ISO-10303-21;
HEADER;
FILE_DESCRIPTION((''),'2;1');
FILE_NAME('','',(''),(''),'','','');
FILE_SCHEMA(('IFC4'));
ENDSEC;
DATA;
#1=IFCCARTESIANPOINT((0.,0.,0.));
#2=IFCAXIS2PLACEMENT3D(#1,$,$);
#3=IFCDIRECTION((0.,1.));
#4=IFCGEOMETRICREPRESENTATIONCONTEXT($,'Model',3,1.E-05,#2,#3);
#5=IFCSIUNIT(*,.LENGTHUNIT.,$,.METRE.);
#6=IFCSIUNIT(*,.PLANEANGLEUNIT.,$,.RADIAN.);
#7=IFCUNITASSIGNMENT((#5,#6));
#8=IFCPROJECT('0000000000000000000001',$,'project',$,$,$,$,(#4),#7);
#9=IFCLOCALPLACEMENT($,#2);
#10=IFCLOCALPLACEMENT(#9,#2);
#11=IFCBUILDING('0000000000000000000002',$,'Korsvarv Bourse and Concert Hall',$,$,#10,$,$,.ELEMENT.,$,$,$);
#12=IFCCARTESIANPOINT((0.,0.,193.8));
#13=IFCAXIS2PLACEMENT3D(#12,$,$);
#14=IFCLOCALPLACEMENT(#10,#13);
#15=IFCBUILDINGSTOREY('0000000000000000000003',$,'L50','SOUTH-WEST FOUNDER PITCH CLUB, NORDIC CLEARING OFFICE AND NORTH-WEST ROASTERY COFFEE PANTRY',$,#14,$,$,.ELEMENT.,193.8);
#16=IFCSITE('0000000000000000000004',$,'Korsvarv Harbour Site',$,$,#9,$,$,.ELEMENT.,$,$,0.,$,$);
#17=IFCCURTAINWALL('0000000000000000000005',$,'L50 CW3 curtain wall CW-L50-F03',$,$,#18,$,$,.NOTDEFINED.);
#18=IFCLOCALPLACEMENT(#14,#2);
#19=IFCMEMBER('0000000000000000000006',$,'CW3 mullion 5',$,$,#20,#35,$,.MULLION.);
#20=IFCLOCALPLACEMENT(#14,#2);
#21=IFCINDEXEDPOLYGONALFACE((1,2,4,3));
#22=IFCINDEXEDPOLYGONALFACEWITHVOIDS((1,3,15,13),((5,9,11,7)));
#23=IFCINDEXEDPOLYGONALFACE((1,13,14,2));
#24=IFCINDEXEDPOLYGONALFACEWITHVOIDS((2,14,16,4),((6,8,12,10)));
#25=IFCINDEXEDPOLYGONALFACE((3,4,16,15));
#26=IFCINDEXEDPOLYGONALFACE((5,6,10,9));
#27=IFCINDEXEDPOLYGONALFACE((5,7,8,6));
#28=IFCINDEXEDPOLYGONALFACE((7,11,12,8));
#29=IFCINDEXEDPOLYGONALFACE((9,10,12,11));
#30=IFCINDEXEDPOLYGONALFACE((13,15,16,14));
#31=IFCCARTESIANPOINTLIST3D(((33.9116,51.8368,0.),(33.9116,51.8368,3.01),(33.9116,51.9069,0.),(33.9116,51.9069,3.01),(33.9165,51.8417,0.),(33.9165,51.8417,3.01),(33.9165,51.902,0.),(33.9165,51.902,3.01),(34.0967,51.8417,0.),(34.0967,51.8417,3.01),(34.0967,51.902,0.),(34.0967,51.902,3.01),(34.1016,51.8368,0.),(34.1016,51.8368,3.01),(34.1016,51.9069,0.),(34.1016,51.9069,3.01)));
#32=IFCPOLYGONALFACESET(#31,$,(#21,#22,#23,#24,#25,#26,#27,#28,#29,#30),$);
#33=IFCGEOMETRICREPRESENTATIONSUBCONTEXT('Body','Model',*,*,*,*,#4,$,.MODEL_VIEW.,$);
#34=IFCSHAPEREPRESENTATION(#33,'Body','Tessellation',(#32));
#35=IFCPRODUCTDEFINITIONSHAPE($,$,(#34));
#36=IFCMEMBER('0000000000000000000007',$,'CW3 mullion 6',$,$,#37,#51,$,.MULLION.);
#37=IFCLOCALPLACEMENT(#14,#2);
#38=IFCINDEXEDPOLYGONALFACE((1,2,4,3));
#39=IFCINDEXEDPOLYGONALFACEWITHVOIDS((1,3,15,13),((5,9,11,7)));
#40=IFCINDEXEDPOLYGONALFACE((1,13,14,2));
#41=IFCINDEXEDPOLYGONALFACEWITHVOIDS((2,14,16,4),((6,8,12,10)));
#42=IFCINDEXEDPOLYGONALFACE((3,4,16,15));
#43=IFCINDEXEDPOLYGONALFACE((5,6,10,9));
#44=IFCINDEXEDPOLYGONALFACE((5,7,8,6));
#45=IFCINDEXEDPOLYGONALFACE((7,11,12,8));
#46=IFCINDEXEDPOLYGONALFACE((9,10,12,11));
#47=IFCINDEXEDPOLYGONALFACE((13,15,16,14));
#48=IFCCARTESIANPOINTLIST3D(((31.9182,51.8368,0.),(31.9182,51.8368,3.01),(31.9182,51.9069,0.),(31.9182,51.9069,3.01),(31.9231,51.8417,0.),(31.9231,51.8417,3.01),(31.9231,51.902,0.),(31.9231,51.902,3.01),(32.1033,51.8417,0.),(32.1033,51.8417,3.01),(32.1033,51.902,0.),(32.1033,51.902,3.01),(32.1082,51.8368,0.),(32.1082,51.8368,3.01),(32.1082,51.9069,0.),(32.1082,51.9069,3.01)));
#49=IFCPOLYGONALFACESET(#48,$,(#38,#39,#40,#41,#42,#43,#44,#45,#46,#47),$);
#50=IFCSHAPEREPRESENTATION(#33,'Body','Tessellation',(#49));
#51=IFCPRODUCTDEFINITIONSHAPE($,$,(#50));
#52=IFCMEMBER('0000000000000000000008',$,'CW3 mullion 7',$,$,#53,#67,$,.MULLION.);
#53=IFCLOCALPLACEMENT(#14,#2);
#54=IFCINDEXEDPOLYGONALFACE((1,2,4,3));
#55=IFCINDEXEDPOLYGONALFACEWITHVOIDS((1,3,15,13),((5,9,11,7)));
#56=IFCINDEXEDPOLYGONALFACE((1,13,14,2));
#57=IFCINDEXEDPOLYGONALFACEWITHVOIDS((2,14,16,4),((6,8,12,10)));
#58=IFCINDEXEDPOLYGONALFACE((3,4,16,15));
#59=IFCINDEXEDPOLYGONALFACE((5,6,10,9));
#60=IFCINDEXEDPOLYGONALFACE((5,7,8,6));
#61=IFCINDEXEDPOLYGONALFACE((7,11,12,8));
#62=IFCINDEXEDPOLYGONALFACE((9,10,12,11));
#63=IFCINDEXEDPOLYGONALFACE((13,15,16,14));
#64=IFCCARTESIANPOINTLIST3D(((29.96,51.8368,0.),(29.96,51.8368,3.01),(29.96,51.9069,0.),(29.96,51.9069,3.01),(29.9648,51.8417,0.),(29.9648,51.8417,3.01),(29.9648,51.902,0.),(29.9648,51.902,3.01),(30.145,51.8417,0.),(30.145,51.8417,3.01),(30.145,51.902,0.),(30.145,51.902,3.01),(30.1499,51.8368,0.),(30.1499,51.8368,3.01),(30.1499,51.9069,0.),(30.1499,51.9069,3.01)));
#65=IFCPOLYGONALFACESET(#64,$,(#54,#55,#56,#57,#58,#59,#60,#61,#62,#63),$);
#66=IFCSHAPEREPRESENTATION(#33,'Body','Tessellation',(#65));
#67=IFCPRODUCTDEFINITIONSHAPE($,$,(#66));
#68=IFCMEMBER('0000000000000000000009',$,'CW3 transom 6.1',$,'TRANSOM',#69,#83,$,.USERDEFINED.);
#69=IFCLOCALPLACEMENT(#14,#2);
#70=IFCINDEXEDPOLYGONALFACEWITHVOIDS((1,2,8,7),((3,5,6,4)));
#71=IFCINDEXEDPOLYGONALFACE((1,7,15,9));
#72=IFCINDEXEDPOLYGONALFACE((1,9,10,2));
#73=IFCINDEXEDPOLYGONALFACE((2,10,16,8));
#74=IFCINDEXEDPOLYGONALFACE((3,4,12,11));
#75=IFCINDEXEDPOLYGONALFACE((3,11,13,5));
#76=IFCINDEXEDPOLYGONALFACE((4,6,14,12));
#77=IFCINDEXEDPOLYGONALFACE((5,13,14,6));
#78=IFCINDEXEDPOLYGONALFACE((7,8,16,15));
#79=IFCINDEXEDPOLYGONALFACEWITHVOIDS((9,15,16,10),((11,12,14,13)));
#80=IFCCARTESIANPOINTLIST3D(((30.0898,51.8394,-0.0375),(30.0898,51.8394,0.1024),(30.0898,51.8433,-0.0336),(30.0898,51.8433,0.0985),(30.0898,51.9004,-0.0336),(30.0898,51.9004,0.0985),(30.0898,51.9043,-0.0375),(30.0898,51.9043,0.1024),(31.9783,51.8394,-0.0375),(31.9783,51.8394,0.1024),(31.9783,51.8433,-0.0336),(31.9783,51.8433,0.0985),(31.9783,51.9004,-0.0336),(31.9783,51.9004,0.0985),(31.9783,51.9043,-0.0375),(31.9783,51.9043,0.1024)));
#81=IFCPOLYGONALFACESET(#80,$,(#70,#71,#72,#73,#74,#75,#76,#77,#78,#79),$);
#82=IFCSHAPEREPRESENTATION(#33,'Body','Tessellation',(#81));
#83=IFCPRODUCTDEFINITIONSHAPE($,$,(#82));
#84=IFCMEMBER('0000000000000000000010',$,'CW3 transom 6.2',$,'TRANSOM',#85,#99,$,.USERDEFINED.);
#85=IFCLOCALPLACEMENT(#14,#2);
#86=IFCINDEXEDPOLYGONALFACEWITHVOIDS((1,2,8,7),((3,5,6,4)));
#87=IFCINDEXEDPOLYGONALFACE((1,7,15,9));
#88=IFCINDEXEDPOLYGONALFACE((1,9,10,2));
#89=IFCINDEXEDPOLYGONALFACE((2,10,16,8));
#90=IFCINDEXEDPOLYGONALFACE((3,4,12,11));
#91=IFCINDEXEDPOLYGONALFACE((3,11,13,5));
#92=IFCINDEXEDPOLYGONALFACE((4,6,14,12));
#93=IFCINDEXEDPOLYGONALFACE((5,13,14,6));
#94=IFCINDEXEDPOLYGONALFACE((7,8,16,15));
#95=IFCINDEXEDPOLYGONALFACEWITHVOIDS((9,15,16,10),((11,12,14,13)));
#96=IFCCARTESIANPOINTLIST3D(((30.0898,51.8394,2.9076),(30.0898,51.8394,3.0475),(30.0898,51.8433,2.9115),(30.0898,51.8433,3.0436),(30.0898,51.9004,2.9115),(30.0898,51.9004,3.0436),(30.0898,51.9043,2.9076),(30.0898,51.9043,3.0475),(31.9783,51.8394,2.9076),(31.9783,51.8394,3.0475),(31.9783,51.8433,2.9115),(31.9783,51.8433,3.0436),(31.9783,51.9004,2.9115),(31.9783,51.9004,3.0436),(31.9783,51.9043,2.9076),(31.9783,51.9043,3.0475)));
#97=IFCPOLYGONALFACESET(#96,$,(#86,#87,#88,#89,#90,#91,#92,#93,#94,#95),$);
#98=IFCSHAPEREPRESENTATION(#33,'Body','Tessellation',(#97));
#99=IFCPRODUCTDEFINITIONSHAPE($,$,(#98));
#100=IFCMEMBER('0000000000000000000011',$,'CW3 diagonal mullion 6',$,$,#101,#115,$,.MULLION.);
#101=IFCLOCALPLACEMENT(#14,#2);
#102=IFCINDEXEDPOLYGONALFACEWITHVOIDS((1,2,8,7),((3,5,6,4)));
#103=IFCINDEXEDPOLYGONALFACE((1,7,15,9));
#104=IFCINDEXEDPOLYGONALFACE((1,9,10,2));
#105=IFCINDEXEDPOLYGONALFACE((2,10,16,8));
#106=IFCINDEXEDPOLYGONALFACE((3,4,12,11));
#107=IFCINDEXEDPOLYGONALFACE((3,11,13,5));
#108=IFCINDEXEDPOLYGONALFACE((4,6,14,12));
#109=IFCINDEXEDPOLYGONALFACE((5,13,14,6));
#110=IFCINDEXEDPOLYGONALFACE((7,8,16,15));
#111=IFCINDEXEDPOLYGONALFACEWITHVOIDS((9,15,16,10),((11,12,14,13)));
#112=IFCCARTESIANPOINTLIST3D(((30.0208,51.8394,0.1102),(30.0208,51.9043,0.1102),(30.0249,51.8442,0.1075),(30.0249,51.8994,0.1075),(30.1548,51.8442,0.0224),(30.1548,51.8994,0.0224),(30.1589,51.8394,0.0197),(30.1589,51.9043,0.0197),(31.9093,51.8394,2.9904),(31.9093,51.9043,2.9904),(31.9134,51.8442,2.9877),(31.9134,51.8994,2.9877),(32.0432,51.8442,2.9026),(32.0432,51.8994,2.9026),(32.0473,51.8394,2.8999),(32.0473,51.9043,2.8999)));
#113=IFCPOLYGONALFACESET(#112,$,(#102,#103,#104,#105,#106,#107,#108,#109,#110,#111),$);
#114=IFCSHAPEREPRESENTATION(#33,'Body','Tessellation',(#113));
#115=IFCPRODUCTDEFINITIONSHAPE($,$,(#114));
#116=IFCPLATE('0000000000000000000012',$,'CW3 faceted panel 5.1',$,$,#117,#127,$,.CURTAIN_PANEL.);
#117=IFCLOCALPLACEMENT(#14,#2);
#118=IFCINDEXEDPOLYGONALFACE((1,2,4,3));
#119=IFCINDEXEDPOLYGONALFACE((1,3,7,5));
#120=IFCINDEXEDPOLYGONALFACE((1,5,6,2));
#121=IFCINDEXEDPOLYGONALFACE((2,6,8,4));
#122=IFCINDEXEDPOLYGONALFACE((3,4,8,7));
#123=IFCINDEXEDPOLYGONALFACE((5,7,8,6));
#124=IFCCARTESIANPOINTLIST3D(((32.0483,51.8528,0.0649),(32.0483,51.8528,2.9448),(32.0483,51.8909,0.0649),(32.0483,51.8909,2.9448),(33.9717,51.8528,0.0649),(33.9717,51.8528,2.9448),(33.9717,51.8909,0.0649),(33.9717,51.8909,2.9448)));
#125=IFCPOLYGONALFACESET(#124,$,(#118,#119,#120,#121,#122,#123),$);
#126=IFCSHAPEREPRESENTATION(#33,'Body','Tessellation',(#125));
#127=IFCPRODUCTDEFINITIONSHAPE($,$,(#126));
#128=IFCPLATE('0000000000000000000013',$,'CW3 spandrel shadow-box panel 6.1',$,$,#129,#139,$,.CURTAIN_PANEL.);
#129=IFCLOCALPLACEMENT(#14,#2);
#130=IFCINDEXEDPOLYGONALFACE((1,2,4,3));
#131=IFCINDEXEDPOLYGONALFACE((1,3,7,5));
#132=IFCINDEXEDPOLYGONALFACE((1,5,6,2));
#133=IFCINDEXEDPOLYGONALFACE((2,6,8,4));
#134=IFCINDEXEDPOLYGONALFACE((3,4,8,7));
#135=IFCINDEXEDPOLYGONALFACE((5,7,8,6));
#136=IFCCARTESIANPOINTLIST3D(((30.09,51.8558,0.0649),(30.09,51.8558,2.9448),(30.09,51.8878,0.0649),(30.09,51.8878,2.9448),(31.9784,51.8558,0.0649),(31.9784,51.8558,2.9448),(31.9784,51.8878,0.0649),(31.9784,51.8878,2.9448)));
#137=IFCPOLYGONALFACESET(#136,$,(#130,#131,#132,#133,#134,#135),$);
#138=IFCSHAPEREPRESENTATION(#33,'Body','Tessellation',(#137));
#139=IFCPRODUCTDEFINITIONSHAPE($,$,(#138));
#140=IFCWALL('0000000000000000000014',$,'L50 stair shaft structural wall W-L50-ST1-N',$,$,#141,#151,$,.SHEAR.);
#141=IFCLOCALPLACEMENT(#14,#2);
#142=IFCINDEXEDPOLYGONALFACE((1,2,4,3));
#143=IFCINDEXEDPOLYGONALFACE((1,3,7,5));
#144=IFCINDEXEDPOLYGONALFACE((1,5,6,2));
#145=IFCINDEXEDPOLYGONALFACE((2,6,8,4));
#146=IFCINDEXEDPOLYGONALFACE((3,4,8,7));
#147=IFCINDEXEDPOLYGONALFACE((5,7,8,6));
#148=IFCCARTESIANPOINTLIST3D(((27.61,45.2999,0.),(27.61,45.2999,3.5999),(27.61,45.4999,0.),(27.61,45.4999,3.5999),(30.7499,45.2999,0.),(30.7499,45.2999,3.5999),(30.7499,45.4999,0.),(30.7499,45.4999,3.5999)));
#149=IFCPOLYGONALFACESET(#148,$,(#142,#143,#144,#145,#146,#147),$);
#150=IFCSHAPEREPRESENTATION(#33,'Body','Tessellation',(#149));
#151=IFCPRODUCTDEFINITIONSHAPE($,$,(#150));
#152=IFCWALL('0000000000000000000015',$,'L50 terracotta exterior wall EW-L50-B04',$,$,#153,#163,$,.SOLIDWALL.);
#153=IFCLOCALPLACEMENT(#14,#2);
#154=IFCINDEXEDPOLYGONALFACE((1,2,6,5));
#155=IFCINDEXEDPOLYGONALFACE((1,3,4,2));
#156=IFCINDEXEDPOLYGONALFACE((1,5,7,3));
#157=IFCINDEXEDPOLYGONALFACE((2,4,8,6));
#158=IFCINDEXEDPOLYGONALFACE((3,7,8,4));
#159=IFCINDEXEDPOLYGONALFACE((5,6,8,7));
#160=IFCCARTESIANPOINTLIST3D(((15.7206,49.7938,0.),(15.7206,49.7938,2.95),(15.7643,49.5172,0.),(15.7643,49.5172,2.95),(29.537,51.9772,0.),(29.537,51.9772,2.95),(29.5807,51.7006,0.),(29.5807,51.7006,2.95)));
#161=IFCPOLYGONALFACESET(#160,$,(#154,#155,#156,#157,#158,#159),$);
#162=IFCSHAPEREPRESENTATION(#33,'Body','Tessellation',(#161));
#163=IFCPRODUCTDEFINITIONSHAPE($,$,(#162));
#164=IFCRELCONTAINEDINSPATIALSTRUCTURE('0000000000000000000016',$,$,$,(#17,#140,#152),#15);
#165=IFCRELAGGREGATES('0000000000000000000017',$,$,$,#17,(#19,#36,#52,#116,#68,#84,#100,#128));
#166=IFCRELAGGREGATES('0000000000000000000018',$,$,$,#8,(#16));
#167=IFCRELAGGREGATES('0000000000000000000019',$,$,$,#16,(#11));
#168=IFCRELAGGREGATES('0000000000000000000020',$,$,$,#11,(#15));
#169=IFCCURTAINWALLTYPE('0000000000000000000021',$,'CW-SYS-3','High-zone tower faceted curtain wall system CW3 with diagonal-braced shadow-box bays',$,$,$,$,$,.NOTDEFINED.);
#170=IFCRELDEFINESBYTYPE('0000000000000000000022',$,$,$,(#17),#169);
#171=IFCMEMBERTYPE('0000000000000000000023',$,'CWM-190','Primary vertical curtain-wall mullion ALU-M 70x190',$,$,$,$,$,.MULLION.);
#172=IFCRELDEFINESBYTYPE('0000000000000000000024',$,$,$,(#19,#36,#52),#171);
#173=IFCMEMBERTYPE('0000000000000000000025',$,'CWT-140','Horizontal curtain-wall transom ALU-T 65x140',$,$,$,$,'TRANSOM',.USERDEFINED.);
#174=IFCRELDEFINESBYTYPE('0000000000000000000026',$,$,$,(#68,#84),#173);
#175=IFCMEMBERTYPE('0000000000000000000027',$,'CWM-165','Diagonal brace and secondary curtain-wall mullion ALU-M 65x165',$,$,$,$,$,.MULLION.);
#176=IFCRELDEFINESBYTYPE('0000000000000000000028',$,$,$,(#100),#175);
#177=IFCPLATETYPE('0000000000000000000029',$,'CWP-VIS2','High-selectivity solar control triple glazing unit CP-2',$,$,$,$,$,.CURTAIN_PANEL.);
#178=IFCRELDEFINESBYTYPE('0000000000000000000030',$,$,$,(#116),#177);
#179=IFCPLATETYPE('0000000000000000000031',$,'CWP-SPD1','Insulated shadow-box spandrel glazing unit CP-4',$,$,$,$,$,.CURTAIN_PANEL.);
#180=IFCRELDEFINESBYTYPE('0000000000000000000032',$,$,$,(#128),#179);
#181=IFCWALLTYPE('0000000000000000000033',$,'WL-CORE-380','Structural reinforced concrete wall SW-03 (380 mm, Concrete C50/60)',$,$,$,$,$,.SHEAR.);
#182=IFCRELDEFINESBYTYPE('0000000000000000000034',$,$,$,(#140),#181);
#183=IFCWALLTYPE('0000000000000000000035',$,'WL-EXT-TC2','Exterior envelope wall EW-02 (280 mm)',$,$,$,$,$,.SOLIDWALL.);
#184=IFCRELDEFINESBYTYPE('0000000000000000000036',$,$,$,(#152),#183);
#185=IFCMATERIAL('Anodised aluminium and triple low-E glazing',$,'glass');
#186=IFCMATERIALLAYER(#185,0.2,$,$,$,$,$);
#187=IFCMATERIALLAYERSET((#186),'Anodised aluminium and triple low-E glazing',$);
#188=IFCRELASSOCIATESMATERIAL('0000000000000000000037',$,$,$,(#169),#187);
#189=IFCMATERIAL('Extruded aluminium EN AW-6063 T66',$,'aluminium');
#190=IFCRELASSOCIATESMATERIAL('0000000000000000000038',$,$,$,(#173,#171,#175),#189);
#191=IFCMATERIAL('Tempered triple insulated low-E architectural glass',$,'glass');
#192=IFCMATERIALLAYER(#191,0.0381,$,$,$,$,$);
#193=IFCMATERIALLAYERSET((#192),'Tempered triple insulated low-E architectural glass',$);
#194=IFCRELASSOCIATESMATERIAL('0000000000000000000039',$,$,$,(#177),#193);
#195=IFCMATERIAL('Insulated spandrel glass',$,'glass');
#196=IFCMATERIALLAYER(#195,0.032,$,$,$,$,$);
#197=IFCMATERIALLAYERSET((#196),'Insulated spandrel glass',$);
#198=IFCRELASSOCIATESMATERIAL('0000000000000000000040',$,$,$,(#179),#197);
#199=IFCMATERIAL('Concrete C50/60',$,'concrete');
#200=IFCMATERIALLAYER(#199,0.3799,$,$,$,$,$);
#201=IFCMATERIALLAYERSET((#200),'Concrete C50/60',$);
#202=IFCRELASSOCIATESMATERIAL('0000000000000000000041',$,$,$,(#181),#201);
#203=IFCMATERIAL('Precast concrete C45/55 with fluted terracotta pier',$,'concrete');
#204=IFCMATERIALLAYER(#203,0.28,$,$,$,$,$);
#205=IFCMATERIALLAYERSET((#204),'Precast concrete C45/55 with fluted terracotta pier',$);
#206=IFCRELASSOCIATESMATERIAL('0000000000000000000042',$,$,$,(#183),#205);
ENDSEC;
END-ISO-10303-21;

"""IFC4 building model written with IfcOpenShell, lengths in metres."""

from ifc_helpers import new_model, si_unit, direction, frame, frame_2d, origin, origin_2d, place, context, subcontext, project, spatial, rectangle, hollow_rectangle, extrude, source, transform, mapped, material, layer, layer_set, material_profile, profile_set, type_object, element, aggregate, save


model = new_model("IFC4")

# Units and contexts
model_context = context("Model", 3, precision=1e-05, world=origin(), true_north=direction((0.0, 1.0)))
body_context = subcontext(model_context, "Body", "Model", "MODEL_VIEW")
ifc_project = project(units=[si_unit("LENGTHUNIT", "METRE"), si_unit("PLANEANGLEUNIT", "RADIAN")], contexts=[model_context])

# Site, building, storey
site_placement = place(None, origin())
site = spatial("IfcSite", under=ifc_project, at=site_placement, Name="Korsvarv Harbour Site", CompositionType="ELEMENT", RefElevation=0.0)
building_placement = place(site_placement, origin())
building = spatial("IfcBuilding", under=site, at=building_placement, Name="Korsvarv Bourse and Concert Hall", CompositionType="ELEMENT")
storey_placement = place(building_placement, frame((0.0, 0.0, 193.8)))
storey = spatial("IfcBuildingStorey", under=building, at=storey_placement, Name="L50", Description="SOUTH-WEST FOUNDER PITCH CLUB, NORDIC CLEARING OFFICE AND NORTH-WEST ROASTERY COFFEE PANTRY", CompositionType="ELEMENT", Elevation=193.8)

# Curtain wall, members, plates
ifc_material_1 = material(Name="Anodised aluminium and triple low-E glazing", Category="glass")
ifc_layer_1 = layer(ifc_material_1, 0.2)
ifc_layer_set_1 = layer_set([ifc_layer_1], Name="Anodised aluminium and triple low-E glazing")
curtain_wall_type = type_object("IfcCurtainWallType", Name="CW-SYS-3", Description="High-zone tower faceted curtain wall system CW3 with diagonal-braced shadow-box bays", PredefinedType="NOTDEFINED", material=ifc_layer_set_1)
curtain_wall_placement = place(storey_placement, origin())
curtain_wall = element("IfcCurtainWall", 1, at=curtain_wall_placement, inside=storey, type_object=curtain_wall_type, Name="L50 CW3 curtain wall CW-L50-F03", PredefinedType="NOTDEFINED")
ifc_material_2 = material(Name="Extruded aluminium EN AW-6063 T66", Category="aluminium")
ifc_material_profile_1 = material_profile(ifc_material_2, hollow_rectangle(XDim=0.0649, YDim=0.1399, WallThickness=0.0039, at=origin_2d()), Name="ALU-T 65x140")
ifc_profile_set_1 = profile_set([ifc_material_profile_1], Name="Extruded aluminium EN AW-6063 T66")
member_type_1 = type_object("IfcMemberType", Name="CWT-140", Description="Horizontal curtain-wall transom ALU-T 65x140", ElementType="TRANSOM", PredefinedType="USERDEFINED", material=ifc_profile_set_1)
ifc_material_profile_2 = material_profile(ifc_material_2, hollow_rectangle(XDim=0.0701, YDim=0.1899, WallThickness=0.0049, at=origin_2d()), Name="ALU-M 70x190")
ifc_profile_set_2 = profile_set([ifc_material_profile_2], Name="Extruded aluminium EN AW-6063 T66")
member_type_2 = type_object("IfcMemberType", Name="CWM-190", Description="Primary vertical curtain-wall mullion ALU-M 70x190", PredefinedType="MULLION", material=ifc_profile_set_2)
shared_shape_1 = source(origin(), body_context, "Body", "SweptSolid", [
    extrude(hollow_rectangle(XDim=0.0701, YDim=0.1899, WallThickness=0.0049, at=origin_2d()), origin(), (0.0, 0.0, 1.0), 3.01),
])
member_1_placement = place(storey_placement, frame((34.0066, 51.8718, 0.0), z_axis=(0.0, 0.0, 1.0), x_axis=(0.0, -1.0, 0.0)))
member_1 = element("IfcMember", 2, at=member_1_placement, type_object=member_type_2, Name="CW3 mullion 5", PredefinedType="MULLION", context=body_context, shape_type="MappedRepresentation", body=[
    mapped(shared_shape_1, transform((0.0, 0.0, 0.0), scale=1.0)),
])
member_2_placement = place(storey_placement, frame((32.0132, 51.8718, 0.0), z_axis=(0.0, 0.0, 1.0), x_axis=(0.0, -1.0, 0.0)))
member_2 = element("IfcMember", 3, at=member_2_placement, type_object=member_type_2, Name="CW3 mullion 6", PredefinedType="MULLION", context=body_context, shape_type="MappedRepresentation", body=[
    mapped(shared_shape_1, transform((0.0, 0.0, 0.0), scale=1.0)),
])
member_3_placement = place(storey_placement, frame((30.0549, 51.8718, 0.0), z_axis=(0.0, 0.0, 1.0), x_axis=(0.0, -1.0, 0.0)))
member_3 = element("IfcMember", 4, at=member_3_placement, type_object=member_type_2, Name="CW3 mullion 7", PredefinedType="MULLION", context=body_context, shape_type="MappedRepresentation", body=[
    mapped(shared_shape_1, transform((0.0, 0.0, 0.0), scale=1.0)),
])
shared_shape_2 = source(origin(), body_context, "Body", "SweptSolid", [
    extrude(hollow_rectangle(XDim=0.0649, YDim=0.1399, WallThickness=0.0039, at=origin_2d()), origin(), (0.0, 0.0, 1.0), 1.8884),
])
member_4_placement = place(storey_placement, frame((31.9783, 51.8718, 0.0325), z_axis=(-1.0, 0.0, 0.0), x_axis=(0.0, -1.0, 0.0)))
member_4 = element("IfcMember", 5, at=member_4_placement, type_object=member_type_1, Name="CW3 transom 6.1", ObjectType="TRANSOM", PredefinedType="USERDEFINED", context=body_context, shape_type="MappedRepresentation", body=[
    mapped(shared_shape_2, transform((0.0, 0.0, 0.0), scale=1.0)),
])
member_5_placement = place(storey_placement, frame((31.9783, 51.8718, 2.9775), z_axis=(-1.0, 0.0, 0.0), x_axis=(0.0, -1.0, 0.0)))
member_5 = element("IfcMember", 6, at=member_5_placement, type_object=member_type_1, Name="CW3 transom 6.2", ObjectType="TRANSOM", PredefinedType="USERDEFINED", context=body_context, shape_type="MappedRepresentation", body=[
    mapped(shared_shape_2, transform((0.0, 0.0, 0.0), scale=1.0)),
])
ifc_material_profile_3 = material_profile(ifc_material_2, hollow_rectangle(XDim=0.0649, YDim=0.165, WallThickness=0.0049, at=origin_2d()), Name="ALU-M 65x165")
ifc_profile_set_3 = profile_set([ifc_material_profile_3], Name="Extruded aluminium EN AW-6063 T66")
member_type_3 = type_object("IfcMemberType", Name="CWM-165", Description="Diagonal brace and secondary curtain-wall mullion ALU-M 65x165", PredefinedType="MULLION", material=ifc_profile_set_3)
shared_shape_3 = source(origin(), body_context, "Body", "SweptSolid", [
    extrude(hollow_rectangle(XDim=0.0649, YDim=0.165, WallThickness=0.0049, at=origin_2d()), origin(), (0.0, 0.0, 1.0), 3.4441),
])
member_6_placement = place(storey_placement, frame((30.0898, 51.8718, 0.0649), z_axis=(0.54832, 0.0, 0.836268), x_axis=(0.0, 1.0, 0.0)))
member_6 = element("IfcMember", 7, at=member_6_placement, type_object=member_type_3, Name="CW3 diagonal mullion 6", PredefinedType="MULLION", context=body_context, shape_type="MappedRepresentation", body=[
    mapped(shared_shape_3, transform((0.0, 0.0, 0.0), scale=1.0)),
])
ifc_material_3 = material(Name="Tempered triple insulated low-E architectural glass", Category="glass")
ifc_layer_2 = layer(ifc_material_3, 0.0381)
ifc_layer_set_2 = layer_set([ifc_layer_2], Name="Tempered triple insulated low-E architectural glass")
plate_type_1 = type_object("IfcPlateType", Name="CWP-VIS2", Description="High-selectivity solar control triple glazing unit CP-2", PredefinedType="CURTAIN_PANEL", material=ifc_layer_set_2)
shared_shape_4 = source(origin(), body_context, "Body", "SweptSolid", [
    extrude(rectangle(XDim=1.9233, YDim=0.0381, at=origin_2d()), origin(), (0.0, 0.0, 1.0), 2.8799),
])
plate_1_placement = place(storey_placement, frame((33.01, 51.8718, 0.0649), z_axis=(0.0, 0.0, 1.0), x_axis=(-1.0, 0.0, 0.0)))
plate_1 = element("IfcPlate", 8, at=plate_1_placement, type_object=plate_type_1, Name="CW3 faceted panel 5.1", PredefinedType="CURTAIN_PANEL", context=body_context, shape_type="MappedRepresentation", body=[
    mapped(shared_shape_4, transform((0.0, 0.0, 0.0), scale=1.0)),
])
ifc_material_4 = material(Name="Insulated spandrel glass", Category="glass")
ifc_layer_3 = layer(ifc_material_4, 0.032)
ifc_layer_set_3 = layer_set([ifc_layer_3], Name="Insulated spandrel glass")
plate_type_2 = type_object("IfcPlateType", Name="CWP-SPD1", Description="Insulated shadow-box spandrel glazing unit CP-4", PredefinedType="CURTAIN_PANEL", material=ifc_layer_set_3)
shared_shape_5 = source(origin(), body_context, "Body", "SweptSolid", [
    extrude(rectangle(XDim=1.8884, YDim=0.032, at=origin_2d()), origin(), (0.0, 0.0, 1.0), 2.8799),
])
plate_2_placement = place(storey_placement, frame((31.0342, 51.8718, 0.0649), z_axis=(0.0, 0.0, 1.0), x_axis=(-1.0, 0.0, 0.0)))
plate_2 = element("IfcPlate", 9, at=plate_2_placement, type_object=plate_type_2, Name="CW3 spandrel shadow-box panel 6.1", PredefinedType="CURTAIN_PANEL", context=body_context, shape_type="MappedRepresentation", body=[
    mapped(shared_shape_5, transform((0.0, 0.0, 0.0), scale=1.0)),
])
aggregate(curtain_wall, [member_1, member_2, member_3, plate_1, member_4, member_5, member_6, plate_2])

# Walls
ifc_material_5 = material(Name="Concrete C50/60", Category="concrete")
ifc_layer_4 = layer(ifc_material_5, 0.3799)
ifc_layer_set_4 = layer_set([ifc_layer_4], Name="Concrete C50/60")
wall_type_1 = type_object("IfcWallType", Name="WL-CORE-380", Description="Structural reinforced concrete wall SW-03 (380 mm, Concrete C50/60)", PredefinedType="SHEAR", material=ifc_layer_set_4)
wall_1_placement = place(storey_placement, frame((27.6101, 45.3999, 0.0), z_axis=(0.0, 0.0, 1.0), x_axis=(1.0, 0.0, 0.0)))
element("IfcWall", 10, at=wall_1_placement, inside=storey, type_object=wall_type_1, Name="L50 stair shaft structural wall W-L50-ST1-N", PredefinedType="SHEAR", context=body_context, shape_type="SweptSolid", body=[
    extrude(rectangle(XDim=3.1399, YDim=0.2, at=frame_2d((1.5698, 0.0))), origin(), (0.0, 0.0, 1.0), 3.5999),
])
ifc_material_6 = material(Name="Precast concrete C45/55 with fluted terracotta pier", Category="concrete")
ifc_layer_5 = layer(ifc_material_6, 0.28)
ifc_layer_set_5 = layer_set([ifc_layer_5], Name="Precast concrete C45/55 with fluted terracotta pier")
wall_type_2 = type_object("IfcWallType", Name="WL-EXT-TC2", Description="Exterior envelope wall EW-02 (280 mm)", PredefinedType="SOLIDWALL", material=ifc_layer_set_5)
wall_2_placement = place(storey_placement, frame((29.5588, 51.8389, 0.0), z_axis=(0.0, 0.0, 1.0), x_axis=(-0.987743, -0.156089, 0.0)))
element("IfcWall", 11, at=wall_2_placement, inside=storey, type_object=wall_type_2, Name="L50 terracotta exterior wall EW-L50-B04", PredefinedType="SOLIDWALL", context=body_context, shape_type="SweptSolid", body=[
    extrude(rectangle(XDim=13.9878, YDim=0.28, at=frame_2d((6.9939, 0.0))), origin(), (0.0, 0.0, 1.0), 2.95),
])

save(model, "model.ifc")
